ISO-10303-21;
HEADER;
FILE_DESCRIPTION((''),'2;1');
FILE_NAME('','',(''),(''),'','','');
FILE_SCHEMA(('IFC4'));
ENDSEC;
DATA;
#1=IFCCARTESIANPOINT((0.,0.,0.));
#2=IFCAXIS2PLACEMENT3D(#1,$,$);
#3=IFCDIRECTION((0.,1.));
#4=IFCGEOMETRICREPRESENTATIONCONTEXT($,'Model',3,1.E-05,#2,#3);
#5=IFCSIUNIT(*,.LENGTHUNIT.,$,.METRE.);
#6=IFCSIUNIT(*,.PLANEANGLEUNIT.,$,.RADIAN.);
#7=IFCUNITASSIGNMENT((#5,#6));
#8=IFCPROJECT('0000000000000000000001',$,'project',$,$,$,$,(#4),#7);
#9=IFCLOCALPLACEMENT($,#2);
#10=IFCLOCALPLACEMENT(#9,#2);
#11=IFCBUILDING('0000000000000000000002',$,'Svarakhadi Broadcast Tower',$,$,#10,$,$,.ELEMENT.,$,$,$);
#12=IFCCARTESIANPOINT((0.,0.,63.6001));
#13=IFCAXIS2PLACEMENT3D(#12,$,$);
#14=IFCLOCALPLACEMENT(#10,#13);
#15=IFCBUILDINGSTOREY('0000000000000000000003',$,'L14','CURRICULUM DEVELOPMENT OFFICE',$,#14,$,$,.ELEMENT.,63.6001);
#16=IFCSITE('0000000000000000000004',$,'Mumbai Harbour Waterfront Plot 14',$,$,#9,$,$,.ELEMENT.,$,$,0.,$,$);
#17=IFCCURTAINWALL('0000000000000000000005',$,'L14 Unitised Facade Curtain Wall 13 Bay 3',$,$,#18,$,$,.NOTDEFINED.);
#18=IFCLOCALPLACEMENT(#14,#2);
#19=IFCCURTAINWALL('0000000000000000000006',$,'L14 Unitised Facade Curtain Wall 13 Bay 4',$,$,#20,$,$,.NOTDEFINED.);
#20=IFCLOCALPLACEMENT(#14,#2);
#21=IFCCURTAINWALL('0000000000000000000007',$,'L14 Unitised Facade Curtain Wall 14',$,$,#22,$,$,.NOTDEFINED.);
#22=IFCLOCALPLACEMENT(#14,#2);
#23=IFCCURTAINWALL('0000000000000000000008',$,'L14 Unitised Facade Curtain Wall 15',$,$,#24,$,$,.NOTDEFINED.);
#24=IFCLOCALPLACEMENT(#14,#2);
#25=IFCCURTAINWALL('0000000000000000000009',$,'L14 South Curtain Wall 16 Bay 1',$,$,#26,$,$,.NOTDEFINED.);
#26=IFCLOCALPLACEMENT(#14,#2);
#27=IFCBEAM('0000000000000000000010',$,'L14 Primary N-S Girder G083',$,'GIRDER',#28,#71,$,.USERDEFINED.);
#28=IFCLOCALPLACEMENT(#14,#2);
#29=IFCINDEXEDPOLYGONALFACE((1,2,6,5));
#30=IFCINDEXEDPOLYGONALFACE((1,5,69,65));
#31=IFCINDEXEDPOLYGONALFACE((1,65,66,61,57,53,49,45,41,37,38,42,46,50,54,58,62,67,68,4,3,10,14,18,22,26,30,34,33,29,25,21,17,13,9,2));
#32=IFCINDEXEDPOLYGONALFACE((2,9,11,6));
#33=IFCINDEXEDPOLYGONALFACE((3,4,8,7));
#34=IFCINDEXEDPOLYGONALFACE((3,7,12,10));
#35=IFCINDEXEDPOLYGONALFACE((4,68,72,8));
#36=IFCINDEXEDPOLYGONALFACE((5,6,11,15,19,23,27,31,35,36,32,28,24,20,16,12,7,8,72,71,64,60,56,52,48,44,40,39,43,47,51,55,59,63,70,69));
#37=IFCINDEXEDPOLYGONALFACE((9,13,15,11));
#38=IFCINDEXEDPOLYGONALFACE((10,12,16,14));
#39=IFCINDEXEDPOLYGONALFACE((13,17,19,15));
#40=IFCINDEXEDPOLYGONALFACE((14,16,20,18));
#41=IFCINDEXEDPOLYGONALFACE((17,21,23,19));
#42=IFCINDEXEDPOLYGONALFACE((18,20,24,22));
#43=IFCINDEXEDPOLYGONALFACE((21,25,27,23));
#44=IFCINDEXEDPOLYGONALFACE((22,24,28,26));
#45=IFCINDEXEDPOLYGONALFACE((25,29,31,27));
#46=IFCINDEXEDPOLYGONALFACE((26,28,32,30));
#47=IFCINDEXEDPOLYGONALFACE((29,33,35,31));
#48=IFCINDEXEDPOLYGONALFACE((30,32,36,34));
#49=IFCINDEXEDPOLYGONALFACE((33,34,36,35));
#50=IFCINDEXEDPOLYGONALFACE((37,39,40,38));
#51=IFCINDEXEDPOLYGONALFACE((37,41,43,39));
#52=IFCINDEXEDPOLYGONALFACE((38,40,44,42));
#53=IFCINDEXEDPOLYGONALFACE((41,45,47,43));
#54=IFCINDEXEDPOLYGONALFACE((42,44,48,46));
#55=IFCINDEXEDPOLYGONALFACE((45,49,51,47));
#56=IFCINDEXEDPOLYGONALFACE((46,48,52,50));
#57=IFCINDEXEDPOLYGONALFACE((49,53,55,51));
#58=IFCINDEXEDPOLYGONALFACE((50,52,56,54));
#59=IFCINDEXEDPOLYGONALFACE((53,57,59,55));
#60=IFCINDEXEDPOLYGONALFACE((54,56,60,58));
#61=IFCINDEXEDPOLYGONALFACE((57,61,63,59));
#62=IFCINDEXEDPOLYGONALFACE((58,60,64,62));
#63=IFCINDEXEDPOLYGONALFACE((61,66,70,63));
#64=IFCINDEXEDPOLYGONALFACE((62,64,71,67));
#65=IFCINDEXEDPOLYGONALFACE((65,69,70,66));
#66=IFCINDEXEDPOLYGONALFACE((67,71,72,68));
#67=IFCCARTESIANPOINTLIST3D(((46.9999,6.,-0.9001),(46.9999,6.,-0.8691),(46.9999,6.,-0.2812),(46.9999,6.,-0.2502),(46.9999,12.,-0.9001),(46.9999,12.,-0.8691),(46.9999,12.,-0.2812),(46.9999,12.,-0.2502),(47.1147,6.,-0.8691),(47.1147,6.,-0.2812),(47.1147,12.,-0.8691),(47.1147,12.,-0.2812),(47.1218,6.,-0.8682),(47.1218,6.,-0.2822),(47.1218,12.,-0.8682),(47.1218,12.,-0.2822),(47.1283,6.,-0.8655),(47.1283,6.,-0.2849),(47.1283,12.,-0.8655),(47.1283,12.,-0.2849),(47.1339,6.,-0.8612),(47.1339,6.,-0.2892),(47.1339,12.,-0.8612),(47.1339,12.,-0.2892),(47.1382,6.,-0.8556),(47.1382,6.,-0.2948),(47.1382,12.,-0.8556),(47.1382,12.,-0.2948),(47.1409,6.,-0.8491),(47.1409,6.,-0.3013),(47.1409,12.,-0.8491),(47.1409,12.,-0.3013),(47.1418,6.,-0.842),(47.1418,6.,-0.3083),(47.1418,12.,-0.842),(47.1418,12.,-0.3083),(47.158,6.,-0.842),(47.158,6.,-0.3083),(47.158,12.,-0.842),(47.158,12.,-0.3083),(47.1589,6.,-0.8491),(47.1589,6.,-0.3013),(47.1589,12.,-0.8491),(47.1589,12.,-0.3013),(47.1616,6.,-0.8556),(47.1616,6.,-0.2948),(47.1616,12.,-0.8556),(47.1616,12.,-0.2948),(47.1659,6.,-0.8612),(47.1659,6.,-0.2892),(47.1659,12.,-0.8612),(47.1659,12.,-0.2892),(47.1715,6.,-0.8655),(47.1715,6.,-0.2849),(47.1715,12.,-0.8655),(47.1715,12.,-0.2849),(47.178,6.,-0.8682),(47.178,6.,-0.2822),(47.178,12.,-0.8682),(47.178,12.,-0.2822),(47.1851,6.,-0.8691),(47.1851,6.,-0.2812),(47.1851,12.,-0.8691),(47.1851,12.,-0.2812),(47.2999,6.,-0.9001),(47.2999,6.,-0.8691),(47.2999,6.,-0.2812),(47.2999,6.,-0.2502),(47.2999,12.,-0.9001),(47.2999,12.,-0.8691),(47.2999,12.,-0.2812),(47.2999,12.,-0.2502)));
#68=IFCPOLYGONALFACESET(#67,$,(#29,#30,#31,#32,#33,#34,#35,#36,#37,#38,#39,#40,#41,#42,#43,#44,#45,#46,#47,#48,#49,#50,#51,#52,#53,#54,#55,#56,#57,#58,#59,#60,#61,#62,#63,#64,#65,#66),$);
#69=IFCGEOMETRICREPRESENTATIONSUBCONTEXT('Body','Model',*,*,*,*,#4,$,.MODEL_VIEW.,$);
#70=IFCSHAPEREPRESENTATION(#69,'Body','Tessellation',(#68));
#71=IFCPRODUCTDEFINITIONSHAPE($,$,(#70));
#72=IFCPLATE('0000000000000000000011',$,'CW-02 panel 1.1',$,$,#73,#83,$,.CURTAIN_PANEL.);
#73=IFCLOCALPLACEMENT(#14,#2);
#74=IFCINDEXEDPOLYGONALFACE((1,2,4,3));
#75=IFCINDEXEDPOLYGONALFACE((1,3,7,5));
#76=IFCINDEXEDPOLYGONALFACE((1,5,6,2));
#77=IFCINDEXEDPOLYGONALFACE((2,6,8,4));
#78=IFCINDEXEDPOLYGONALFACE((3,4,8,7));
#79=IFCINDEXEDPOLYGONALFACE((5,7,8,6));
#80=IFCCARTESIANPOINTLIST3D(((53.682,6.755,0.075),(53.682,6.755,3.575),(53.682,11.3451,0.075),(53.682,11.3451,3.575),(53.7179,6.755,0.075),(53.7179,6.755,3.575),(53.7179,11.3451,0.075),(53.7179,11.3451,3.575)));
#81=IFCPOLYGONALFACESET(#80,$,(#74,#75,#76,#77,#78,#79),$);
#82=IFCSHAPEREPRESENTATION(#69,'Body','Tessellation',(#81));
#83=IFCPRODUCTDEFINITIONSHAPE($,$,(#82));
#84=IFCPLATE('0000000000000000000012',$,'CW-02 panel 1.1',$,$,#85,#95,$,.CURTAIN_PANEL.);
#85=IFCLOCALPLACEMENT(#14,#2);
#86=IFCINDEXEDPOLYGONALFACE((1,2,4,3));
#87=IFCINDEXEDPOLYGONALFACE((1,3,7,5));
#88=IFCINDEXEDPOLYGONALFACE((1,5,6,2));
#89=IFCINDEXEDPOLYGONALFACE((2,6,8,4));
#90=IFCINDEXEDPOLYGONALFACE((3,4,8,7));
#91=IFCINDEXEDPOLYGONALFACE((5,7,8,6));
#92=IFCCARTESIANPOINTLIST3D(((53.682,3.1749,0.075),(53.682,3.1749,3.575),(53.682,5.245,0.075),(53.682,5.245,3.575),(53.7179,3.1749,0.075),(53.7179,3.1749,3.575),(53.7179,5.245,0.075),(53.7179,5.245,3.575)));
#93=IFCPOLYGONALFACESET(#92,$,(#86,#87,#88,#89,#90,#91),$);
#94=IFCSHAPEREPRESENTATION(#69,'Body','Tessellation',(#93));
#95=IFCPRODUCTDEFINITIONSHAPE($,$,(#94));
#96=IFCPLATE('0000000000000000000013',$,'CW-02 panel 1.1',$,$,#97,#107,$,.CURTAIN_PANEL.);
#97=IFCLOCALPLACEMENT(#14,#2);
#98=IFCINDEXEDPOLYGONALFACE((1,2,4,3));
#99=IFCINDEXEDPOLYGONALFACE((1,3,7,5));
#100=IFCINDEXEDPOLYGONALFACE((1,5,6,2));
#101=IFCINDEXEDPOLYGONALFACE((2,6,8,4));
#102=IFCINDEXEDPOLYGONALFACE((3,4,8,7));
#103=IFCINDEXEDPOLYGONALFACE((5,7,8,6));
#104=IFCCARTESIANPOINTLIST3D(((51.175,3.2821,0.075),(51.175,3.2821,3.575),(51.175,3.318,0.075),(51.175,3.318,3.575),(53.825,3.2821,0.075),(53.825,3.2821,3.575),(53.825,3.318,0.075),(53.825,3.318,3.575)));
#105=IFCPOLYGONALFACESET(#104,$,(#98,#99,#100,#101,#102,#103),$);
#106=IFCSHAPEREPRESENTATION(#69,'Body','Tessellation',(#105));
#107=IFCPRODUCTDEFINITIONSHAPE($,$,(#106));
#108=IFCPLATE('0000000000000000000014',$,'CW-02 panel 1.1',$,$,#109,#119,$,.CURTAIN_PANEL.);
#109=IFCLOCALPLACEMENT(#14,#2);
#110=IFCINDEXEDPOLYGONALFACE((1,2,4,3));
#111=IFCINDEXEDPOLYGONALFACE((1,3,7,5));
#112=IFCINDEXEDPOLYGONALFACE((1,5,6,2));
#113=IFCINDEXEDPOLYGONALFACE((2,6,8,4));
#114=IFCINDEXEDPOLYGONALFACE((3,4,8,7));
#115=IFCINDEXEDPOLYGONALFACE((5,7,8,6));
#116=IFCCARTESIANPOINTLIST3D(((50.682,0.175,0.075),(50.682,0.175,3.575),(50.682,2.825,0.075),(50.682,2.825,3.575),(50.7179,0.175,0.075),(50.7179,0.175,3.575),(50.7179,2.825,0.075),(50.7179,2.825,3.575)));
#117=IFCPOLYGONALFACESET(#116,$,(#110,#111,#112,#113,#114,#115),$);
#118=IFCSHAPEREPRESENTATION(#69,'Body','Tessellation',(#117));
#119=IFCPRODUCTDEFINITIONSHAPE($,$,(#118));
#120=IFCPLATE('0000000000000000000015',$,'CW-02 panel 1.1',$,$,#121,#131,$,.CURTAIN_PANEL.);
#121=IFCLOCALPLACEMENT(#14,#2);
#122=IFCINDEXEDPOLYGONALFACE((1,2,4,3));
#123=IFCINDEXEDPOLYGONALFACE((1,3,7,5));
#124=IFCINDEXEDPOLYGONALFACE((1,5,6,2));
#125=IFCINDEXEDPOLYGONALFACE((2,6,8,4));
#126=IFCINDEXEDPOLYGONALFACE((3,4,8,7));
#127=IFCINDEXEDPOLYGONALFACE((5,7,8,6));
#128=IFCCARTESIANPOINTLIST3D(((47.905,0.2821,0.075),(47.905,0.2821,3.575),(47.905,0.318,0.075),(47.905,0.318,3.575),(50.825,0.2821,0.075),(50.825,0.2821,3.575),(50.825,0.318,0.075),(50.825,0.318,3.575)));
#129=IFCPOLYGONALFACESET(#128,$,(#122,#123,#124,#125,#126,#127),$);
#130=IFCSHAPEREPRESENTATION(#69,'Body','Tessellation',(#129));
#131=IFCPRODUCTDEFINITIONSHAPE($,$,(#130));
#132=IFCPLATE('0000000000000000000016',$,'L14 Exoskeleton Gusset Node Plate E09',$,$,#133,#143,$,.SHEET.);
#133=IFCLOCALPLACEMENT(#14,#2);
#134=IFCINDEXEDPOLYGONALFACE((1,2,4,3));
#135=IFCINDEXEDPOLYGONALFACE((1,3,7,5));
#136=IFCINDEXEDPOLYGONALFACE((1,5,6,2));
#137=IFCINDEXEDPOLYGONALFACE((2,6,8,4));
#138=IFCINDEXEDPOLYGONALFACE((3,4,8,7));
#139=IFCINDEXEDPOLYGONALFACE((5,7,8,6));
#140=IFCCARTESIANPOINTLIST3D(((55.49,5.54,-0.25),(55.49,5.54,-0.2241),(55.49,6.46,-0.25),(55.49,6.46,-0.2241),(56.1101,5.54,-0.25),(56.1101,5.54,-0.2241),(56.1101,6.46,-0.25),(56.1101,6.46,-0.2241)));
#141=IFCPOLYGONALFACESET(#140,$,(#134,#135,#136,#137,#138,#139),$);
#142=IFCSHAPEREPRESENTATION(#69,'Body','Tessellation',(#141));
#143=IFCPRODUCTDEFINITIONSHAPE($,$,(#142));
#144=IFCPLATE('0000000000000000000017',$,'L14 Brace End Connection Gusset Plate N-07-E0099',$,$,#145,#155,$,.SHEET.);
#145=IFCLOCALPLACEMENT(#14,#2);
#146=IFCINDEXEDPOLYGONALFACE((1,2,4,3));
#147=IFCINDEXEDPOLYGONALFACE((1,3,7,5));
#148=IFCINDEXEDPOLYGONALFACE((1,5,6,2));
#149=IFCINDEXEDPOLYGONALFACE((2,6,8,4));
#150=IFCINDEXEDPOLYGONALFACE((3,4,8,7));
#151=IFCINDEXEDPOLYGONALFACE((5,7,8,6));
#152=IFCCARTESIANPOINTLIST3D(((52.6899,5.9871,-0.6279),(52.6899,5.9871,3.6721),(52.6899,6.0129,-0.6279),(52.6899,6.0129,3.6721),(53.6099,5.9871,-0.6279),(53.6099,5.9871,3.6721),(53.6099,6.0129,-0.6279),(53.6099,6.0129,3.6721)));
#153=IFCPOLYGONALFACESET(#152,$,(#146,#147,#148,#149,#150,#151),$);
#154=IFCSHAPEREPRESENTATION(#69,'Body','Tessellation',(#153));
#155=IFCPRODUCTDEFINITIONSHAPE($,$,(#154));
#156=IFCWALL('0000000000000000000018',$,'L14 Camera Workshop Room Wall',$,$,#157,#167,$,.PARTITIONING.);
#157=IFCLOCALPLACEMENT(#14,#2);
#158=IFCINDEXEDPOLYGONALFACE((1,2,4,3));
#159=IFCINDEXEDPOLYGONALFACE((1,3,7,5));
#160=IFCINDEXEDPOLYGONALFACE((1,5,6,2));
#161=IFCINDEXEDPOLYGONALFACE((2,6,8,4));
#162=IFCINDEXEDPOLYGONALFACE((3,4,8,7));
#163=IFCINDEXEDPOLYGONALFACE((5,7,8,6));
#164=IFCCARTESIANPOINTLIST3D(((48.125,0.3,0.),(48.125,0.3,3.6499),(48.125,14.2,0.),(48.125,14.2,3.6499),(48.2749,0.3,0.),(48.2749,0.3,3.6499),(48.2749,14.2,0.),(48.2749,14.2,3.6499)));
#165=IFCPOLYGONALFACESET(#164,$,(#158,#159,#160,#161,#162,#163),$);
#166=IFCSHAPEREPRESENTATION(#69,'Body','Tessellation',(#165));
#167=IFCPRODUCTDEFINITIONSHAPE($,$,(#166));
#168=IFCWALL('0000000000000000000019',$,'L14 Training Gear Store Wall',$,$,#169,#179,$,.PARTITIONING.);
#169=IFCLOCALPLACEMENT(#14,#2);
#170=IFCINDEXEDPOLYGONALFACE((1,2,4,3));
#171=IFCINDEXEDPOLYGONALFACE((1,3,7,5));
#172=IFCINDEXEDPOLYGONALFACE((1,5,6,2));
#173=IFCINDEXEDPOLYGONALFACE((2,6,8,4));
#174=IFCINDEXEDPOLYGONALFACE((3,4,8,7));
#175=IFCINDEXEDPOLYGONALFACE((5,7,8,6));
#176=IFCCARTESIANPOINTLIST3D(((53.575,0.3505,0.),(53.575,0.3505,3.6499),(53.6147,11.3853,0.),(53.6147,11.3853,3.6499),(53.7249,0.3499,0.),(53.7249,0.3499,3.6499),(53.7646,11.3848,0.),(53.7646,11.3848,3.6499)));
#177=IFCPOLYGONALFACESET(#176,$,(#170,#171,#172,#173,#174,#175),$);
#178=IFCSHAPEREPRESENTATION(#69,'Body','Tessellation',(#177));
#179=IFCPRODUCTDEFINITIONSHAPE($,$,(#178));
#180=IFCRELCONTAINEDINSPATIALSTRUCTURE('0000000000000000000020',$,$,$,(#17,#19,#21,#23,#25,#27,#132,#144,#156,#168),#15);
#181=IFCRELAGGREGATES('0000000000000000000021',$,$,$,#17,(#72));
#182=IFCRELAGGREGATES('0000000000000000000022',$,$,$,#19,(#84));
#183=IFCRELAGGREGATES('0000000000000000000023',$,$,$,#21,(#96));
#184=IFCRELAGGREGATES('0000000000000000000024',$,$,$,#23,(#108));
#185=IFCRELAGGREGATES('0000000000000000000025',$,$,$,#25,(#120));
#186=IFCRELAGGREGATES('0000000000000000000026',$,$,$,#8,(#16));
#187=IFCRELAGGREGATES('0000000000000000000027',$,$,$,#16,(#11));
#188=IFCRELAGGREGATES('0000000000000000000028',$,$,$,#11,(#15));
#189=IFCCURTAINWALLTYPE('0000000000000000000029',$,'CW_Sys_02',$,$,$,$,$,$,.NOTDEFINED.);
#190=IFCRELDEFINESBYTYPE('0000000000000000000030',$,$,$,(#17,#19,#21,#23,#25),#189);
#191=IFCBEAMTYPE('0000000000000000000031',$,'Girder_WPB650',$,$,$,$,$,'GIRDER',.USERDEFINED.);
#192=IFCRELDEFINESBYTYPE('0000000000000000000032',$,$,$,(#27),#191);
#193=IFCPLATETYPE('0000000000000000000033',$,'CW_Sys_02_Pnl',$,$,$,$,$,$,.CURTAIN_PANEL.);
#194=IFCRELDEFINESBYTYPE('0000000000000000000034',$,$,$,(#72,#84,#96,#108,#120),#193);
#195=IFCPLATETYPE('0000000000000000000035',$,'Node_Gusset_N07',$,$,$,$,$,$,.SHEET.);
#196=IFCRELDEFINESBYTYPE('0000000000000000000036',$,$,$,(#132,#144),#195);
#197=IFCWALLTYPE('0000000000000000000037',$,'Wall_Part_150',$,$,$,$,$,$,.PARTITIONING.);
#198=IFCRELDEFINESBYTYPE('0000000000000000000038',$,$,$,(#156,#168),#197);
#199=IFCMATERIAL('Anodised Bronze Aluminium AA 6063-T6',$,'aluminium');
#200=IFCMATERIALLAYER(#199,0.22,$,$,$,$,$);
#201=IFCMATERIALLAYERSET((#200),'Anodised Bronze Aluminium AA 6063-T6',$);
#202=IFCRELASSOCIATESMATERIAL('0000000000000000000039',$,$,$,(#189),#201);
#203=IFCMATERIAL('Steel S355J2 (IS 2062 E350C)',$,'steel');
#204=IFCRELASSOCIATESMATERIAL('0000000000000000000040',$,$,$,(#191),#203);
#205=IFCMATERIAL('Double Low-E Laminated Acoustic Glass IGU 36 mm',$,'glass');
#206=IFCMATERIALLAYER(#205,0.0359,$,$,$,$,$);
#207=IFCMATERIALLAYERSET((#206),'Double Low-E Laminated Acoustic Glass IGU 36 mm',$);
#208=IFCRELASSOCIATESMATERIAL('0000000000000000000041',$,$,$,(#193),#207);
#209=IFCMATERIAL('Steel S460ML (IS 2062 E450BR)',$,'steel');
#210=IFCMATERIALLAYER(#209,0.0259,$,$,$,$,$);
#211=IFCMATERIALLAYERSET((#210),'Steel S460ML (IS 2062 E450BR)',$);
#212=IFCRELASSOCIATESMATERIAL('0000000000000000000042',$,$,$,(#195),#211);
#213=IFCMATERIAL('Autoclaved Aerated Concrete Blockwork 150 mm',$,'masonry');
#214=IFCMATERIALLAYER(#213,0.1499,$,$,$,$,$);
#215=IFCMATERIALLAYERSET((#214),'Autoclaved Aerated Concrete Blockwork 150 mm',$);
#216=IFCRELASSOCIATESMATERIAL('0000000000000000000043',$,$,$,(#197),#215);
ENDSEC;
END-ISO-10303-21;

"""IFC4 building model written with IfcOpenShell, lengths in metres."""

from ifc_helpers import new_model, si_unit, direction, frame, frame_2d, origin, origin_2d, place, context, subcontext, project, spatial, rectangle, i_section, extrude, material, layer, layer_set, material_profile, profile_set, type_object, element, aggregate, save


model = new_model("IFC4")

# Units and contexts
model_context = context("Model", 3, precision=1e-05, world=origin(), true_north=direction((0.0, 1.0)))
body_context = subcontext(model_context, "Body", "Model", "MODEL_VIEW")
ifc_project = project(units=[si_unit("LENGTHUNIT", "METRE"), si_unit("PLANEANGLEUNIT", "RADIAN")], contexts=[model_context])

# Site, building, storey
site_placement = place(None, origin())
site = spatial("IfcSite", under=ifc_project, at=site_placement, Name="Mumbai Harbour Waterfront Plot 14", CompositionType="ELEMENT", RefElevation=0.0)
building_placement = place(site_placement, origin())
building = spatial("IfcBuilding", under=site, at=building_placement, Name="Svarakhadi Broadcast Tower", CompositionType="ELEMENT")
storey_placement = place(building_placement, frame((0.0, 0.0, 63.6001)))
storey = spatial("IfcBuildingStorey", under=building, at=storey_placement, Name="L14", Description="CURRICULUM DEVELOPMENT OFFICE", CompositionType="ELEMENT", Elevation=63.6001)

# Curtain walls
ifc_material_1 = material(Name="Anodised Bronze Aluminium AA 6063-T6", Category="aluminium")
ifc_layer_1 = layer(ifc_material_1, 0.22)
ifc_layer_set_1 = layer_set([ifc_layer_1], Name="Anodised Bronze Aluminium AA 6063-T6")
curtain_wall_type = type_object("IfcCurtainWallType", Name="CW_Sys_02", PredefinedType="NOTDEFINED", material=ifc_layer_set_1)
curtain_wall_1_placement = place(storey_placement, origin())
curtain_wall_1 = element("IfcCurtainWall", 1, at=curtain_wall_1_placement, inside=storey, type_object=curtain_wall_type, Name="L14 Unitised Facade Curtain Wall 13 Bay 3", PredefinedType="NOTDEFINED")
curtain_wall_2_placement = place(storey_placement, origin())
curtain_wall_2 = element("IfcCurtainWall", 2, at=curtain_wall_2_placement, inside=storey, type_object=curtain_wall_type, Name="L14 Unitised Facade Curtain Wall 13 Bay 4", PredefinedType="NOTDEFINED")
curtain_wall_3_placement = place(storey_placement, origin())
curtain_wall_3 = element("IfcCurtainWall", 3, at=curtain_wall_3_placement, inside=storey, type_object=curtain_wall_type, Name="L14 Unitised Facade Curtain Wall 14", PredefinedType="NOTDEFINED")
curtain_wall_4_placement = place(storey_placement, origin())
curtain_wall_4 = element("IfcCurtainWall", 4, at=curtain_wall_4_placement, inside=storey, type_object=curtain_wall_type, Name="L14 Unitised Facade Curtain Wall 15", PredefinedType="NOTDEFINED")
curtain_wall_5_placement = place(storey_placement, origin())
curtain_wall_5 = element("IfcCurtainWall", 5, at=curtain_wall_5_placement, inside=storey, type_object=curtain_wall_type, Name="L14 South Curtain Wall 16 Bay 1", PredefinedType="NOTDEFINED")

# Shared definitions
ifc_material_2 = material(Name="Steel S460ML (IS 2062 E450BR)", Category="steel")

# Beam
ifc_material_3 = material(Name="Steel S355J2 (IS 2062 E350C)", Category="steel")
ifc_material_profile_1 = material_profile(ifc_material_3, i_section(OverallWidth=0.3, OverallDepth=0.6499, WebThickness=0.0161, FlangeThickness=0.031, FilletRadius=0.0271, at=origin_2d()), Name="WPB 650x300x225")
ifc_profile_set_1 = profile_set([ifc_material_profile_1], Name="Steel S355J2 (IS 2062 E350C)")
beam_type = type_object("IfcBeamType", Name="Girder_WPB650", ElementType="GIRDER", PredefinedType="USERDEFINED", material=ifc_profile_set_1)
for number, where, z_axis, x_axis, name in (
    (6, (47.1499, 6.0, -0.5752), (0.0, 1.0, 0.0), (-1.0, 0.0, 0.0), "L14 Primary N-S Girder G083"),
):
    element("IfcBeam", number, at=place(storey_placement, frame(where, z_axis=z_axis, x_axis=x_axis)), inside=storey, type_object=beam_type, Name=name, ObjectType="GIRDER", PredefinedType="USERDEFINED", context=body_context, shape_type="SweptSolid", body=[
        extrude(i_section(OverallWidth=0.3, OverallDepth=0.6499, WebThickness=0.0161, FlangeThickness=0.031, FilletRadius=0.0271, at=origin_2d()), origin(), (0.0, 0.0, 1.0), 6.0),
    ])

# Plates
ifc_material_4 = material(Name="Double Low-E Laminated Acoustic Glass IGU 36 mm", Category="glass")
ifc_layer_2 = layer(ifc_material_4, 0.0359)
ifc_layer_set_2 = layer_set([ifc_layer_2], Name="Double Low-E Laminated Acoustic Glass IGU 36 mm")
plate_type_1 = type_object("IfcPlateType", Name="CW_Sys_02_Pnl", PredefinedType="CURTAIN_PANEL", material=ifc_layer_set_2)
plate_1_placement = place(storey_placement, frame((53.7, 9.05, 0.075), z_axis=(0.0, 0.0, 1.0), x_axis=(0.0, -1.0, 0.0)))
plate_1 = element("IfcPlate", 7, at=plate_1_placement, type_object=plate_type_1, Name="CW-02 panel 1.1", PredefinedType="CURTAIN_PANEL", context=body_context, shape_type="SweptSolid", body=[
    extrude(rectangle(XDim=4.5901, YDim=0.0359, at=origin_2d()), origin(), (0.0, 0.0, 1.0), 3.5),
])
aggregate(curtain_wall_1, [plate_1])
plate_2_placement = place(storey_placement, frame((53.7, 4.21, 0.075), z_axis=(0.0, 0.0, 1.0), x_axis=(0.0, -1.0, 0.0)))
plate_2 = element("IfcPlate", 8, at=plate_2_placement, type_object=plate_type_1, Name="CW-02 panel 1.1", PredefinedType="CURTAIN_PANEL", context=body_context, shape_type="SweptSolid", body=[
    extrude(rectangle(XDim=2.0701, YDim=0.0359, at=origin_2d()), origin(), (0.0, 0.0, 1.0), 3.5),
])
aggregate(curtain_wall_2, [plate_2])
plate_3_placement = place(storey_placement, frame((52.5, 3.3, 0.075), z_axis=(0.0, 0.0, 1.0), x_axis=(-1.0, 0.0, 0.0)))
plate_3 = element("IfcPlate", 9, at=plate_3_placement, type_object=plate_type_1, Name="CW-02 panel 1.1", PredefinedType="CURTAIN_PANEL", context=body_context, shape_type="SweptSolid", body=[
    extrude(rectangle(XDim=2.6499, YDim=0.0359, at=origin_2d()), origin(), (0.0, 0.0, 1.0), 3.5),
])
aggregate(curtain_wall_3, [plate_3])
plate_4_placement = place(storey_placement, frame((50.7, 1.5, 0.075), z_axis=(0.0, 0.0, 1.0), x_axis=(0.0, -1.0, 0.0)))
plate_4 = element("IfcPlate", 10, at=plate_4_placement, type_object=plate_type_1, Name="CW-02 panel 1.1", PredefinedType="CURTAIN_PANEL", context=body_context, shape_type="SweptSolid", body=[
    extrude(rectangle(XDim=2.6499, YDim=0.0359, at=origin_2d()), origin(), (0.0, 0.0, 1.0), 3.5),
])
aggregate(curtain_wall_4, [plate_4])
plate_5_placement = place(storey_placement, frame((49.365, 0.3, 0.075), z_axis=(0.0, 0.0, 1.0), x_axis=(-1.0, 0.0, 0.0)))
plate_5 = element("IfcPlate", 11, at=plate_5_placement, type_object=plate_type_1, Name="CW-02 panel 1.1", PredefinedType="CURTAIN_PANEL", context=body_context, shape_type="SweptSolid", body=[
    extrude(rectangle(XDim=2.9199, YDim=0.0359, at=origin_2d()), origin(), (0.0, 0.0, 1.0), 3.5),
])
aggregate(curtain_wall_5, [plate_5])

# Plates
ifc_layer_3 = layer(ifc_material_2, 0.0259)
ifc_layer_set_3 = layer_set([ifc_layer_3], Name="Steel S460ML (IS 2062 E450BR)")
plate_type_2 = type_object("IfcPlateType", Name="Node_Gusset_N07", PredefinedType="SHEET", material=ifc_layer_set_3)
plate_6_placement = place(storey_placement, frame((55.8, 6.0, -0.25), z_axis=(0.0, 0.0, 1.0), x_axis=(0.0, 1.0, 0.0)))
element("IfcPlate", 12, at=plate_6_placement, inside=storey, type_object=plate_type_2, Name="L14 Exoskeleton Gusset Node Plate E09", PredefinedType="SHEET", context=body_context, shape_type="SweptSolid", body=[
    extrude(rectangle(XDim=0.9199, YDim=0.6201, at=origin_2d()), origin(), (0.0, 0.0, 1.0), 0.0259),
])
plate_7_placement = place(storey_placement, frame((53.1499, 6.0, -0.6279), z_axis=(0.0, 0.0, 1.0), x_axis=(1.0, 0.0, 0.0)))
element("IfcPlate", 13, at=plate_7_placement, inside=storey, type_object=plate_type_2, Name="L14 Brace End Connection Gusset Plate N-07-E0099", PredefinedType="SHEET", context=body_context, shape_type="SweptSolid", body=[
    extrude(rectangle(XDim=0.9199, YDim=0.0259, at=origin_2d()), origin(), (0.0, 0.0, 1.0), 4.3),
])

# Walls
ifc_material_5 = material(Name="Autoclaved Aerated Concrete Blockwork 150 mm", Category="masonry")
ifc_layer_4 = layer(ifc_material_5, 0.1499)
ifc_layer_set_4 = layer_set([ifc_layer_4], Name="Autoclaved Aerated Concrete Blockwork 150 mm")
wall_type = type_object("IfcWallType", Name="Wall_Part_150", PredefinedType="PARTITIONING", material=ifc_layer_set_4)
wall_1_placement = place(storey_placement, frame((48.2, 0.3, 0.0), z_axis=(0.0, 0.0, 1.0), x_axis=(0.0, 1.0, 0.0)))
element("IfcWall", 14, at=wall_1_placement, inside=storey, type_object=wall_type, Name="L14 Camera Workshop Room Wall", PredefinedType="PARTITIONING", context=body_context, shape_type="SweptSolid", body=[
    extrude(rectangle(XDim=13.8999, YDim=0.1499, at=frame_2d((6.95, 0.0))), origin(), (0.0, 0.0, 1.0), 3.6499),
])
wall_2_placement = place(storey_placement, frame((53.6499, 0.3501, 0.0), z_axis=(0.0, 0.0, 1.0), x_axis=(0.003606, 0.999993, 0.0)))
element("IfcWall", 15, at=wall_2_placement, inside=storey, type_object=wall_type, Name="L14 Training Gear Store Wall", PredefinedType="PARTITIONING", context=body_context, shape_type="SweptSolid", body=[
    extrude(rectangle(XDim=11.0349, YDim=0.1499, at=frame_2d((5.5176, 0.0))), origin(), (0.0, 0.0, 1.0), 3.6499),
])

save(model, "model.ifc")
